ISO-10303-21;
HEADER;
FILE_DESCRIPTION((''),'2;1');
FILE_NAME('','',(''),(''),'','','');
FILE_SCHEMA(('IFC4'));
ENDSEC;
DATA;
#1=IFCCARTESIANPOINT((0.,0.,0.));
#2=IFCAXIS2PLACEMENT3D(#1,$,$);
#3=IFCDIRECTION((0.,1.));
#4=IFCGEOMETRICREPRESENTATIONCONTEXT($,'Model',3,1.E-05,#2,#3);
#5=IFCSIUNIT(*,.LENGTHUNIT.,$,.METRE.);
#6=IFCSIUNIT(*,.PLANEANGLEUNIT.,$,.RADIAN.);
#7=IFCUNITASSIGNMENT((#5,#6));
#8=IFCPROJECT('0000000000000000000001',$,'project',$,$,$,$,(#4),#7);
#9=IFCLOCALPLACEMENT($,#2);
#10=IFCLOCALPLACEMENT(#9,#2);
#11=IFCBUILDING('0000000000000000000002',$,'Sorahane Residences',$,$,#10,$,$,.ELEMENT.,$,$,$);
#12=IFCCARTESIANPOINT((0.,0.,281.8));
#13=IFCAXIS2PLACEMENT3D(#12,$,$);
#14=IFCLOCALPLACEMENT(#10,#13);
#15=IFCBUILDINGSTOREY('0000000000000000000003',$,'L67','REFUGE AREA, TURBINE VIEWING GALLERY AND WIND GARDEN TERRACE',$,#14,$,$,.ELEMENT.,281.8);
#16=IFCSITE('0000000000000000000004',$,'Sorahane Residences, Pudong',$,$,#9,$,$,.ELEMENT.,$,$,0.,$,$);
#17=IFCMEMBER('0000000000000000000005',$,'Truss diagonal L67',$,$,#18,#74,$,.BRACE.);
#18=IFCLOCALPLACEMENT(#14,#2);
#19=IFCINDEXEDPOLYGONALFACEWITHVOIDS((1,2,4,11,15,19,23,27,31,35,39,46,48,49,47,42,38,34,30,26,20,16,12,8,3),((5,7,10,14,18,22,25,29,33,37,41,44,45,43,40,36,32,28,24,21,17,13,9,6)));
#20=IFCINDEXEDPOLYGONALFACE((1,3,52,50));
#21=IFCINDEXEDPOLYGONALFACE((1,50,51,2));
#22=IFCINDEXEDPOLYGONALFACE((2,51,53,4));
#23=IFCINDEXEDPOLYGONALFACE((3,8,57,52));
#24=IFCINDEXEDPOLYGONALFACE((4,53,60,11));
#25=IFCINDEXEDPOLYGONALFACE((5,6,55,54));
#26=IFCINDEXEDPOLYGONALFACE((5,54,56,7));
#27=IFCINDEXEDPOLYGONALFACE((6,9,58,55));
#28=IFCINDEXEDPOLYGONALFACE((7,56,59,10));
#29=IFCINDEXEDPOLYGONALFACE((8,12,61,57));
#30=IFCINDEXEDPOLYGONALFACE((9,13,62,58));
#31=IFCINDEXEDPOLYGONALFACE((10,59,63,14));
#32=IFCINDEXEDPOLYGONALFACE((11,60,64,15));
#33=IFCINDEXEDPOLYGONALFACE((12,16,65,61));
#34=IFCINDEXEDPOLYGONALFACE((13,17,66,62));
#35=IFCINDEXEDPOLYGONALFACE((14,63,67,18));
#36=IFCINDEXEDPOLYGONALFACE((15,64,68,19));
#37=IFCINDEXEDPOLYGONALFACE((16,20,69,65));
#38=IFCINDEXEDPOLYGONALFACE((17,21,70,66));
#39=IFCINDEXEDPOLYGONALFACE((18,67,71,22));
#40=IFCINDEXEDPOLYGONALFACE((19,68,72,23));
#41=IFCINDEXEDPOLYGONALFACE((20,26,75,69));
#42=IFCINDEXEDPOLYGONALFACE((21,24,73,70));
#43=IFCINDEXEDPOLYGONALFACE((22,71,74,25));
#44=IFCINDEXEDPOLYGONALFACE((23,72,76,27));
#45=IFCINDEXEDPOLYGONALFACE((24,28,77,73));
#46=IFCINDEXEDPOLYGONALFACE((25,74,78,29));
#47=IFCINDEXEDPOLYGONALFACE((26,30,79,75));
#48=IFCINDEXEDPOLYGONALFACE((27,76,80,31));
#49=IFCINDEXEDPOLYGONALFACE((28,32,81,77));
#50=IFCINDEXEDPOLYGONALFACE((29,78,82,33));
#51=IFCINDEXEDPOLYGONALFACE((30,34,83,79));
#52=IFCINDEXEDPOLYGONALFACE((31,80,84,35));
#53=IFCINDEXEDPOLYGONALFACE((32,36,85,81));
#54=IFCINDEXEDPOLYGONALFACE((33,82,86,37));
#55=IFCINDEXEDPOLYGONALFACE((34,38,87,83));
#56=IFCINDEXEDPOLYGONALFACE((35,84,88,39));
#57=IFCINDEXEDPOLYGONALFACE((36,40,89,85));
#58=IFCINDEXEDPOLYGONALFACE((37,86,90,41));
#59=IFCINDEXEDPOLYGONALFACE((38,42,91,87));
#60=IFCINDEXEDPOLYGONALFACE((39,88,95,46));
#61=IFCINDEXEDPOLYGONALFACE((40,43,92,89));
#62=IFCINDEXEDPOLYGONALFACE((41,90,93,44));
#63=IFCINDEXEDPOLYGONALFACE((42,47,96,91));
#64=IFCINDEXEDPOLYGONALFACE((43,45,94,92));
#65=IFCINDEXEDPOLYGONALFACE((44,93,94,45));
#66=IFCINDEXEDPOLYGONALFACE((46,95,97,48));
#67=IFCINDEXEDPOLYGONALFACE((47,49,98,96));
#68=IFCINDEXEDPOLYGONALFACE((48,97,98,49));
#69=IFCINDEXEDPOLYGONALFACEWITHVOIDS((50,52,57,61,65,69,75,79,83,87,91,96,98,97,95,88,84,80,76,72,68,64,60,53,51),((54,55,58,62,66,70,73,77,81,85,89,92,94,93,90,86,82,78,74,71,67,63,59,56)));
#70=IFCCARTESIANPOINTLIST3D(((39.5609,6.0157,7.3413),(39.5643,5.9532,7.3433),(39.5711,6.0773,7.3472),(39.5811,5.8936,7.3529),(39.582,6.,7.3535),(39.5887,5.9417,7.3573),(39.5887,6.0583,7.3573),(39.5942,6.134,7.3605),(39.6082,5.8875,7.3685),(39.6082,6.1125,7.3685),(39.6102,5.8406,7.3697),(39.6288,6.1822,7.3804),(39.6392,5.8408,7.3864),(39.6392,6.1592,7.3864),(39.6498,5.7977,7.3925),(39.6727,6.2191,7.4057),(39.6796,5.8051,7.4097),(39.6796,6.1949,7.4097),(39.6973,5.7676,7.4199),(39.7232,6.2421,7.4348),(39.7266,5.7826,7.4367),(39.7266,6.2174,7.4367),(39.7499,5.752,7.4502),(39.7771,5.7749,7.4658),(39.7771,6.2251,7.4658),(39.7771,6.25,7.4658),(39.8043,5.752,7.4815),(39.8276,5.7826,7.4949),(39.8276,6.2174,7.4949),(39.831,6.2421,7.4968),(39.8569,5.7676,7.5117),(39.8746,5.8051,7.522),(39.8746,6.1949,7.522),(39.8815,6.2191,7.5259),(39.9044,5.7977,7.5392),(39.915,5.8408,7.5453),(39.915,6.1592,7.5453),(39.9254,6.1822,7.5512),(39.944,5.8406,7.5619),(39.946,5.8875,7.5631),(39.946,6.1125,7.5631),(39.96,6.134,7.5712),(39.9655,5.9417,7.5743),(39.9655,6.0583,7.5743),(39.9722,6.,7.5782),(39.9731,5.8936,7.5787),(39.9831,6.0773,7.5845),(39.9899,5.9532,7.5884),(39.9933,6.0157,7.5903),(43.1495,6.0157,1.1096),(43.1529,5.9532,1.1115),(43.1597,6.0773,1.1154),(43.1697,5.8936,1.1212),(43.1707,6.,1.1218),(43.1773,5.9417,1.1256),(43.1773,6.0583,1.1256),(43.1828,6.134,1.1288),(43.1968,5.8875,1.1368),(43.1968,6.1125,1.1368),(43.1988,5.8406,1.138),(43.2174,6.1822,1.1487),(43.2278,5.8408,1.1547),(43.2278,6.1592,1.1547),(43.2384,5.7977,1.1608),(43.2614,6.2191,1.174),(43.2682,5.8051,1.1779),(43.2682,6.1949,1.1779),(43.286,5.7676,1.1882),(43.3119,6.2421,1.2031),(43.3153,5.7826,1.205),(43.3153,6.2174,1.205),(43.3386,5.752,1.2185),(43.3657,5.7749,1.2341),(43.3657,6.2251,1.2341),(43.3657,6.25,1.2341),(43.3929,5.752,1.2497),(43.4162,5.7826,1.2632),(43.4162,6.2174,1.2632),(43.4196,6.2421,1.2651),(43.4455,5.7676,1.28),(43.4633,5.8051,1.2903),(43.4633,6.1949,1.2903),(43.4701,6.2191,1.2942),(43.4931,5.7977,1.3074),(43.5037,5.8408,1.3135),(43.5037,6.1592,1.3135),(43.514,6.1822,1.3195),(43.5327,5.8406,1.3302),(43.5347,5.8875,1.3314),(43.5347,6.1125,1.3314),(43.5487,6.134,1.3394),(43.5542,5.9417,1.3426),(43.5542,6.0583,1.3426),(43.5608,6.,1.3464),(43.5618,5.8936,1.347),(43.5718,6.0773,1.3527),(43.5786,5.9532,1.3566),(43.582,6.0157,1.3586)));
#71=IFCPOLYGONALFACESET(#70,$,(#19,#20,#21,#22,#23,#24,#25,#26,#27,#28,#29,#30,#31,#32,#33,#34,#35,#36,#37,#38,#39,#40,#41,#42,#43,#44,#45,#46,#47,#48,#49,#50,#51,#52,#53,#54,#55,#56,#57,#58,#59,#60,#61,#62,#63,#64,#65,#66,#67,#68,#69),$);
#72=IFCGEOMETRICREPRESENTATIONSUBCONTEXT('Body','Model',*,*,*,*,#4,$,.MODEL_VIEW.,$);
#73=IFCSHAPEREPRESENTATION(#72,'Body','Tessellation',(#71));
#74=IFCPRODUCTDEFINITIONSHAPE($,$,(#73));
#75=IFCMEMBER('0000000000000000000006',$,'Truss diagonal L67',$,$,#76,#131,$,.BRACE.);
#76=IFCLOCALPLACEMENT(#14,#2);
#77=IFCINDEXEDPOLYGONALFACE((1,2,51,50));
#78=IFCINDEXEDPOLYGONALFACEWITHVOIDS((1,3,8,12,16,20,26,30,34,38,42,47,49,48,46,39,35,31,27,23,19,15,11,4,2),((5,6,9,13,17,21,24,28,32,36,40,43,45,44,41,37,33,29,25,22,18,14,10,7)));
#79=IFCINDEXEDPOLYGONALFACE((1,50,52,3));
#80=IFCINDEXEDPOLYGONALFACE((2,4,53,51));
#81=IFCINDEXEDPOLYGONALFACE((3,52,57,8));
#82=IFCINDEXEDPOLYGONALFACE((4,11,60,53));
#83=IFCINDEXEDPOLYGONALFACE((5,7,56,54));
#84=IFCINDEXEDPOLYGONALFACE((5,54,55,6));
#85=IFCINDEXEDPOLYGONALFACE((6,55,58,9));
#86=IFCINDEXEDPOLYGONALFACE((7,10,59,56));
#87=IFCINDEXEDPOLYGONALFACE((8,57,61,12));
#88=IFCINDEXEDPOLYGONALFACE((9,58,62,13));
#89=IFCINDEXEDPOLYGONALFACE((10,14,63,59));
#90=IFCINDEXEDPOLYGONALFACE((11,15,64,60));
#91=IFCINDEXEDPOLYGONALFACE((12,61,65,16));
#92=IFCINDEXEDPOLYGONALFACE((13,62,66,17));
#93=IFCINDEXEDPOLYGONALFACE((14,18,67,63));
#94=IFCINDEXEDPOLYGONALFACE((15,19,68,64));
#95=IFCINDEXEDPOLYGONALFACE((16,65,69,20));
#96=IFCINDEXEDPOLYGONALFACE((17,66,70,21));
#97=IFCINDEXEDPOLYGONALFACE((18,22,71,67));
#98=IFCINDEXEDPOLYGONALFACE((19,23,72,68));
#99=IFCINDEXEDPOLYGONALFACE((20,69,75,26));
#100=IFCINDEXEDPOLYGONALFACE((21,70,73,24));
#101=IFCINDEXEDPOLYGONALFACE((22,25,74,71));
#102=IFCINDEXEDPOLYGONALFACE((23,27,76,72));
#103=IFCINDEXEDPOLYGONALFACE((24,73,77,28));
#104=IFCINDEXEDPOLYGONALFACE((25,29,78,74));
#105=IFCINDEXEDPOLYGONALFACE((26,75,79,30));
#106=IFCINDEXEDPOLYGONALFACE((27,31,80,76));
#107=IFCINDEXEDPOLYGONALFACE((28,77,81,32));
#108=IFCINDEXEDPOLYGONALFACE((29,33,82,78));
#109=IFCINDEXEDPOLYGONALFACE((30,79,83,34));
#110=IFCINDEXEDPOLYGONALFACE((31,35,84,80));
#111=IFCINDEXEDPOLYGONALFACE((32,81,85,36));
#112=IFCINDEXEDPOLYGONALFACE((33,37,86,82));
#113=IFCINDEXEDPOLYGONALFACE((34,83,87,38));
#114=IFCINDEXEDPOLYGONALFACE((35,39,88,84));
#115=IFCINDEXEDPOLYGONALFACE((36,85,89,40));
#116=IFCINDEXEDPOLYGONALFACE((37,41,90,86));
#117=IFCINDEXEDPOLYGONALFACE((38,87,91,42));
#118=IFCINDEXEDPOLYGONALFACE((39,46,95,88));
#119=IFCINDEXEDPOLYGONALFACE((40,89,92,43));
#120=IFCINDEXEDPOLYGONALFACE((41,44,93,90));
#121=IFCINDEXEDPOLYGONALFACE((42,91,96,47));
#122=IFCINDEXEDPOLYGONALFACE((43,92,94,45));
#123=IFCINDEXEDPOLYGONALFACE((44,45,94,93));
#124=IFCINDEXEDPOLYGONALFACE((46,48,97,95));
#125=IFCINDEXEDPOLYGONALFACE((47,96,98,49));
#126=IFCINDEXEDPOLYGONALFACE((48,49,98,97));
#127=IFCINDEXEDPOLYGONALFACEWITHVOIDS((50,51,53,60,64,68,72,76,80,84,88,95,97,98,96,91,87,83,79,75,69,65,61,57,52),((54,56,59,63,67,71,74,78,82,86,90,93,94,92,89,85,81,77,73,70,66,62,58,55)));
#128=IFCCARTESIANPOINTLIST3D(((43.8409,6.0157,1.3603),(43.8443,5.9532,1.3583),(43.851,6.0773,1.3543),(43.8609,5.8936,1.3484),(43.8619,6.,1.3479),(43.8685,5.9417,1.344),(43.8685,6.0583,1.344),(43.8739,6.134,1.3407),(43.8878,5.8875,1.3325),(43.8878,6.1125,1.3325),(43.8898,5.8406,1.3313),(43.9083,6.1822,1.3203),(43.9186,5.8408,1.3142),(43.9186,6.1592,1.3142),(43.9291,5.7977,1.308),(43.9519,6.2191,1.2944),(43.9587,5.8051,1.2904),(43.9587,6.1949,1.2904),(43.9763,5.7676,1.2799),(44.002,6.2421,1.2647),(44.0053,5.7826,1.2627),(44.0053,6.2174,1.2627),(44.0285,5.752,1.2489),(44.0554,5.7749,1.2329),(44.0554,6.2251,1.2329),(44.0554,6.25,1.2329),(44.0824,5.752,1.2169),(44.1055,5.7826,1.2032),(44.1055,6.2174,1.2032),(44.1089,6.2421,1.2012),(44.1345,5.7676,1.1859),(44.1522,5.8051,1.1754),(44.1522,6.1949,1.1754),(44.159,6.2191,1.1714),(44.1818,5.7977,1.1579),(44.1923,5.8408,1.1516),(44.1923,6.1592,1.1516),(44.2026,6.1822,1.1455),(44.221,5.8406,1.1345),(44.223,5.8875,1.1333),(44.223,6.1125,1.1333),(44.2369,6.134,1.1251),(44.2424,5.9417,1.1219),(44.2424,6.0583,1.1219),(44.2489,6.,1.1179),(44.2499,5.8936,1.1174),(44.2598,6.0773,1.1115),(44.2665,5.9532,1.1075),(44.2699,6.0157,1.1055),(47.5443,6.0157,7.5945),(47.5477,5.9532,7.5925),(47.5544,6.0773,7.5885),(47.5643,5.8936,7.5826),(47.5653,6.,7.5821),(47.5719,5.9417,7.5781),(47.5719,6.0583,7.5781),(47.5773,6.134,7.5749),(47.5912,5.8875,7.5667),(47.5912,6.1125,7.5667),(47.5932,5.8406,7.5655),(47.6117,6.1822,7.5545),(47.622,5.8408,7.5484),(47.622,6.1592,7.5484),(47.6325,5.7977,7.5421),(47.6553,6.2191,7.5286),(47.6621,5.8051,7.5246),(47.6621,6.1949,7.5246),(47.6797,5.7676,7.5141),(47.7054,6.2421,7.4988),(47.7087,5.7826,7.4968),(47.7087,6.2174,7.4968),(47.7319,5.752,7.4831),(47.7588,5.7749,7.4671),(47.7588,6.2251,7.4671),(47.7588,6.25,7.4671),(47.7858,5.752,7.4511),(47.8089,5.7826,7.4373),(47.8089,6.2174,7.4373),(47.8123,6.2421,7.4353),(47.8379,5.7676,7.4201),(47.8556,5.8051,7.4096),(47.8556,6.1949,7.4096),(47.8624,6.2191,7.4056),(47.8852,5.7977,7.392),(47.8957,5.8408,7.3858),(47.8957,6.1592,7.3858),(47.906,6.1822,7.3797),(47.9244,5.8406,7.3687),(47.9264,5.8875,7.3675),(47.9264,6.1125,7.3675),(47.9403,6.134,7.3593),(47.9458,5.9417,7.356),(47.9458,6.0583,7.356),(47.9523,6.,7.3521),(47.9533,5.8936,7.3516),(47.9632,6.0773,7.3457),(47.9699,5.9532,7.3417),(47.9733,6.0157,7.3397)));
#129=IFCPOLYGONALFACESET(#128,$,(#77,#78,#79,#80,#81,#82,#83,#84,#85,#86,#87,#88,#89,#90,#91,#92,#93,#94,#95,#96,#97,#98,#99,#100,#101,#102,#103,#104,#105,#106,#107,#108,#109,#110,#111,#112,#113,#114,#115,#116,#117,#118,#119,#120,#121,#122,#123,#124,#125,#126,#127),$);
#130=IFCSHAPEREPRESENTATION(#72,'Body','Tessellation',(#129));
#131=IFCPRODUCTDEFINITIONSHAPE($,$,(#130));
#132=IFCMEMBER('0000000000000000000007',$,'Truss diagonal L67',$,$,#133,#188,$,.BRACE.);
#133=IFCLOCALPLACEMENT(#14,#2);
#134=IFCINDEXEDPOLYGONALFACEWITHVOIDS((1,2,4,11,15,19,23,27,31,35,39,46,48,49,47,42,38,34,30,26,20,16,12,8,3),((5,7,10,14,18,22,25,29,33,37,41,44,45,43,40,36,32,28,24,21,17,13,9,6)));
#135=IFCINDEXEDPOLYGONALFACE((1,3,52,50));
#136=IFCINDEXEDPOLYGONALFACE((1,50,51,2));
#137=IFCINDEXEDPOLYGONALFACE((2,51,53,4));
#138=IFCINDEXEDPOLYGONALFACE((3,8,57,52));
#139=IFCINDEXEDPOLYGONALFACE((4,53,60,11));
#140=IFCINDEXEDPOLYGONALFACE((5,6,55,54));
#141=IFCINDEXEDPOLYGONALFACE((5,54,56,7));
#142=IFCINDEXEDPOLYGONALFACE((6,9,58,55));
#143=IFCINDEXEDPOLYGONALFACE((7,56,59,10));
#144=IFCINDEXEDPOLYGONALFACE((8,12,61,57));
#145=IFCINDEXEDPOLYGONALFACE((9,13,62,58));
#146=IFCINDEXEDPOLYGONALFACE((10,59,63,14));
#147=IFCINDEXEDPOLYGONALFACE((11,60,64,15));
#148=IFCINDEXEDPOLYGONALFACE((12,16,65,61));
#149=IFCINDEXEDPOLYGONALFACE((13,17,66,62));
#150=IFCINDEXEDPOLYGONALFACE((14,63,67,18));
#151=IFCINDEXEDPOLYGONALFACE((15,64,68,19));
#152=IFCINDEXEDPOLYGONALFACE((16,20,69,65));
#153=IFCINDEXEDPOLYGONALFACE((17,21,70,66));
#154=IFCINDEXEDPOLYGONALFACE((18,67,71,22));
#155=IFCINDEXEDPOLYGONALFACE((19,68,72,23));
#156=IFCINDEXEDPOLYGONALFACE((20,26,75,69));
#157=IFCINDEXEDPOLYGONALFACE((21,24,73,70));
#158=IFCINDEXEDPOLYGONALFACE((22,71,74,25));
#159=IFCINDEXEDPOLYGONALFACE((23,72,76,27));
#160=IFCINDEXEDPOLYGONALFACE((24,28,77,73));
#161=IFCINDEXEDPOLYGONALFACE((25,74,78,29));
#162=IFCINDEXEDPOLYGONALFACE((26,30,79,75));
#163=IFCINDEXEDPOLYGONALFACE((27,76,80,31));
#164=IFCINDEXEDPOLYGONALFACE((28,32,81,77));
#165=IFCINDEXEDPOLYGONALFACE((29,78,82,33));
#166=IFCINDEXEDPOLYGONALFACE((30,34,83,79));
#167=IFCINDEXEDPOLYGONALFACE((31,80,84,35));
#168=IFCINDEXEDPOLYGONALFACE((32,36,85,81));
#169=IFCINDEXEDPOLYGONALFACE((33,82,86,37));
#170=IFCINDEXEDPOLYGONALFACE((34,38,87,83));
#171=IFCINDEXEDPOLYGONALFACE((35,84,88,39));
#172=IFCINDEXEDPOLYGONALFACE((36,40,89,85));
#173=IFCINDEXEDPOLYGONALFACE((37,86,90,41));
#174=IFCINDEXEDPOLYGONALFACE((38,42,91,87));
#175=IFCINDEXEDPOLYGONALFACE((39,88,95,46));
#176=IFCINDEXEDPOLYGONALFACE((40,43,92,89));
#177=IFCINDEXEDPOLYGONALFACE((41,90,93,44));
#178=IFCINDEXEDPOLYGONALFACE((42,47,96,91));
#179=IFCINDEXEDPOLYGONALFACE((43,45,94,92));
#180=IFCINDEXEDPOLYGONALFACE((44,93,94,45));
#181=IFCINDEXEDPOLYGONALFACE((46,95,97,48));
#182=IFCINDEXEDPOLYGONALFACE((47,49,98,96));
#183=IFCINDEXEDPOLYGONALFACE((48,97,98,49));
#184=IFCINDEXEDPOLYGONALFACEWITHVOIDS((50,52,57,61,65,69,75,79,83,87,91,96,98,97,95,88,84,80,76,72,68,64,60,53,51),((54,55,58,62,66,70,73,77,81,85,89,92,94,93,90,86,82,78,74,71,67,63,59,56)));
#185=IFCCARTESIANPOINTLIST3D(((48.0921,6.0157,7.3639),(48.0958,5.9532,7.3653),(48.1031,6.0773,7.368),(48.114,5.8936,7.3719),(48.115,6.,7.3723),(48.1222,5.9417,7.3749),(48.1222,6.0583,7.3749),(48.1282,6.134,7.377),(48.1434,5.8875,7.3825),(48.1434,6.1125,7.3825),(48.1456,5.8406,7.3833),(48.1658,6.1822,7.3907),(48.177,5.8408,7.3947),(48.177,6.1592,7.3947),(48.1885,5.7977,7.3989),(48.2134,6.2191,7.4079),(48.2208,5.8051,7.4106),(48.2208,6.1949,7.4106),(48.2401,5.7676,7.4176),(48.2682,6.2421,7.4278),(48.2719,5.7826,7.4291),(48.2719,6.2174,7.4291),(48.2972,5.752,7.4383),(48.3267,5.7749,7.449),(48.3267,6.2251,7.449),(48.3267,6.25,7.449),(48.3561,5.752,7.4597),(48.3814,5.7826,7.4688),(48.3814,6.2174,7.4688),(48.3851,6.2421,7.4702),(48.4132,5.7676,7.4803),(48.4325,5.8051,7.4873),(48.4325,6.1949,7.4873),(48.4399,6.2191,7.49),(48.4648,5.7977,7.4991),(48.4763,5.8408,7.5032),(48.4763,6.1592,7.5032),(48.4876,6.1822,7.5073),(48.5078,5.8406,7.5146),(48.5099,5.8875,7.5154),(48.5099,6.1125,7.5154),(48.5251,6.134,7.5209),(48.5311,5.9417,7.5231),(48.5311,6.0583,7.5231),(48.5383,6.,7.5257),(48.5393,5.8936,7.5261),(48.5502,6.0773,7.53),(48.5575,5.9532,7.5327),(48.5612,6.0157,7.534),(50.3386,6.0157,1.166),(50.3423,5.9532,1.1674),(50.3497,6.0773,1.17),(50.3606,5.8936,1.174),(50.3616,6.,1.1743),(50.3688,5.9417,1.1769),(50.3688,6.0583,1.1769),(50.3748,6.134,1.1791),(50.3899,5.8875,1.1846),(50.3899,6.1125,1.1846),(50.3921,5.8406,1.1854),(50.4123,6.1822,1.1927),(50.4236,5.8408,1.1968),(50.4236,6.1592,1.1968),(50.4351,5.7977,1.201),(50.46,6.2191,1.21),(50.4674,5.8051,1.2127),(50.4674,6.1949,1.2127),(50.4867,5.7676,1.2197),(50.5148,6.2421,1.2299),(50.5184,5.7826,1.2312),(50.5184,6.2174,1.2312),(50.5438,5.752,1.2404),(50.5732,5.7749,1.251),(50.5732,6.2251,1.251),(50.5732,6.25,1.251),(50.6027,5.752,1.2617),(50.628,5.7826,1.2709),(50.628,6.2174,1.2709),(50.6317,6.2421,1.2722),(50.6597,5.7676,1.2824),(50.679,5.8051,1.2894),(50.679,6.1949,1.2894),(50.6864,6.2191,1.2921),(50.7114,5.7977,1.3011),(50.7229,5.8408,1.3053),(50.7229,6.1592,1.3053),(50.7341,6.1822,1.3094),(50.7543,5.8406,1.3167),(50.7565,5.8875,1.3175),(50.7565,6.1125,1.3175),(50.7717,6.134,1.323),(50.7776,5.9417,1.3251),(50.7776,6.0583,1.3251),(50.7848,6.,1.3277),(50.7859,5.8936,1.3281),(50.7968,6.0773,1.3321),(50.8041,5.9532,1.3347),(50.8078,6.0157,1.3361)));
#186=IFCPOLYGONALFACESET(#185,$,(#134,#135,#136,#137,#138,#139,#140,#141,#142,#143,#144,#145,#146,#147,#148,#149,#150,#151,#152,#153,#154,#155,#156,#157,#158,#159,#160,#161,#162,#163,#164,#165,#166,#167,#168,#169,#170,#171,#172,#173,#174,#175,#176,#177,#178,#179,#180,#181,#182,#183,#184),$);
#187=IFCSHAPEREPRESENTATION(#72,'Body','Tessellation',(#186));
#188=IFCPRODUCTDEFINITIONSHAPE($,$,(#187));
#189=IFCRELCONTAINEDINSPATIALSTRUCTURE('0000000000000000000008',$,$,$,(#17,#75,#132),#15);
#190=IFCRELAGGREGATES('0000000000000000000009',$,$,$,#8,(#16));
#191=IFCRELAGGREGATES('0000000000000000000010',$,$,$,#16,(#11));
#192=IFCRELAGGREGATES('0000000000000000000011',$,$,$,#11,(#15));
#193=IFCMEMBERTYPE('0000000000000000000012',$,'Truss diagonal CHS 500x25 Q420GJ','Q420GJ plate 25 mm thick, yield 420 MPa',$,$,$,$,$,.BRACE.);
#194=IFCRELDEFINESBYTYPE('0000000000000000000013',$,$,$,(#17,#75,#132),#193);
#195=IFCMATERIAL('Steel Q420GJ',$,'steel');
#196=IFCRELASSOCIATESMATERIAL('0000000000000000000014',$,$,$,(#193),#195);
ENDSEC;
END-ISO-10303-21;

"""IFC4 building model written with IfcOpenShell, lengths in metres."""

from ifc_helpers import new_model, si_unit, direction, frame, origin, origin_2d, place, context, subcontext, project, spatial, hollow_circle, extrude, material, material_profile, profile_set, type_object, element, save


model = new_model("IFC4")

# Units and contexts
model_context = context("Model", 3, precision=1e-05, world=origin(), true_north=direction((0.0, 1.0)))
body_context = subcontext(model_context, "Body", "Model", "MODEL_VIEW")
ifc_project = project(units=[si_unit("LENGTHUNIT", "METRE"), si_unit("PLANEANGLEUNIT", "RADIAN")], contexts=[model_context])

# Site, building, storey
site_placement = place(None, origin())
site = spatial("IfcSite", under=ifc_project, at=site_placement, Name="Sorahane Residences, Pudong", CompositionType="ELEMENT", RefElevation=0.0)
building_placement = place(site_placement, origin())
building = spatial("IfcBuilding", under=site, at=building_placement, Name="Sorahane Residences", CompositionType="ELEMENT")
storey_placement = place(building_placement, frame((0.0, 0.0, 281.8)))
storey = spatial("IfcBuildingStorey", under=building, at=storey_placement, Name="L67", Description="REFUGE AREA, TURBINE VIEWING GALLERY AND WIND GARDEN TERRACE", CompositionType="ELEMENT", Elevation=281.8)

# Members
ifc_material_1 = material(Name="Steel Q420GJ", Category="steel")
ifc_material_profile_1 = material_profile(ifc_material_1, hollow_circle(Radius=0.25, WallThickness=0.0249, at=origin_2d()), Name="CHS 500x25")
ifc_profile_set_1 = profile_set([ifc_material_profile_1], Name="Steel Q420GJ")
member_type = type_object("IfcMemberType", Name="Truss diagonal CHS 500x25 Q420GJ", Description="Q420GJ plate 25 mm thick, yield 420 MPa", PredefinedType="BRACE", material=ifc_profile_set_1)
member_1_placement = place(storey_placement, frame((39.7771, 6.0, 7.4658), z_axis=(0.499036, 0.0, -0.866582), x_axis=(0.0, 1.0, 0.0)))
element("IfcMember", 1, at=member_1_placement, inside=storey, type_object=member_type, Name="Truss diagonal L67", PredefinedType="BRACE", context=body_context, shape_type="SweptSolid", body=[
    extrude(hollow_circle(Radius=0.25, WallThickness=0.0249, at=origin_2d()), origin(), (0.0, 0.0, 1.0), 7.1912),
])
member_2_placement = place(storey_placement, frame((44.0554, 6.0, 1.2329), z_axis=(0.510728, 0.0, 0.859742), x_axis=(0.0, 1.0, 0.0)))
element("IfcMember", 2, at=member_2_placement, inside=storey, type_object=member_type, Name="Truss diagonal L67", PredefinedType="BRACE", context=body_context, shape_type="SweptSolid", body=[
    extrude(hollow_circle(Radius=0.25, WallThickness=0.0249, at=origin_2d()), origin(), (0.0, 0.0, 1.0), 7.2512),
])
member_3_placement = place(storey_placement, frame((48.3267, 6.0, 7.449), z_axis=(0.340774, 0.0, -0.940145), x_axis=(0.0, 1.0, 0.0)))
element("IfcMember", 3, at=member_3_placement, inside=storey, type_object=member_type, Name="Truss diagonal L67", PredefinedType="BRACE", context=body_context, shape_type="SweptSolid", body=[
    extrude(hollow_circle(Radius=0.25, WallThickness=0.0249, at=origin_2d()), origin(), (0.0, 0.0, 1.0), 6.5925),
])

save(model, "model.ifc")
